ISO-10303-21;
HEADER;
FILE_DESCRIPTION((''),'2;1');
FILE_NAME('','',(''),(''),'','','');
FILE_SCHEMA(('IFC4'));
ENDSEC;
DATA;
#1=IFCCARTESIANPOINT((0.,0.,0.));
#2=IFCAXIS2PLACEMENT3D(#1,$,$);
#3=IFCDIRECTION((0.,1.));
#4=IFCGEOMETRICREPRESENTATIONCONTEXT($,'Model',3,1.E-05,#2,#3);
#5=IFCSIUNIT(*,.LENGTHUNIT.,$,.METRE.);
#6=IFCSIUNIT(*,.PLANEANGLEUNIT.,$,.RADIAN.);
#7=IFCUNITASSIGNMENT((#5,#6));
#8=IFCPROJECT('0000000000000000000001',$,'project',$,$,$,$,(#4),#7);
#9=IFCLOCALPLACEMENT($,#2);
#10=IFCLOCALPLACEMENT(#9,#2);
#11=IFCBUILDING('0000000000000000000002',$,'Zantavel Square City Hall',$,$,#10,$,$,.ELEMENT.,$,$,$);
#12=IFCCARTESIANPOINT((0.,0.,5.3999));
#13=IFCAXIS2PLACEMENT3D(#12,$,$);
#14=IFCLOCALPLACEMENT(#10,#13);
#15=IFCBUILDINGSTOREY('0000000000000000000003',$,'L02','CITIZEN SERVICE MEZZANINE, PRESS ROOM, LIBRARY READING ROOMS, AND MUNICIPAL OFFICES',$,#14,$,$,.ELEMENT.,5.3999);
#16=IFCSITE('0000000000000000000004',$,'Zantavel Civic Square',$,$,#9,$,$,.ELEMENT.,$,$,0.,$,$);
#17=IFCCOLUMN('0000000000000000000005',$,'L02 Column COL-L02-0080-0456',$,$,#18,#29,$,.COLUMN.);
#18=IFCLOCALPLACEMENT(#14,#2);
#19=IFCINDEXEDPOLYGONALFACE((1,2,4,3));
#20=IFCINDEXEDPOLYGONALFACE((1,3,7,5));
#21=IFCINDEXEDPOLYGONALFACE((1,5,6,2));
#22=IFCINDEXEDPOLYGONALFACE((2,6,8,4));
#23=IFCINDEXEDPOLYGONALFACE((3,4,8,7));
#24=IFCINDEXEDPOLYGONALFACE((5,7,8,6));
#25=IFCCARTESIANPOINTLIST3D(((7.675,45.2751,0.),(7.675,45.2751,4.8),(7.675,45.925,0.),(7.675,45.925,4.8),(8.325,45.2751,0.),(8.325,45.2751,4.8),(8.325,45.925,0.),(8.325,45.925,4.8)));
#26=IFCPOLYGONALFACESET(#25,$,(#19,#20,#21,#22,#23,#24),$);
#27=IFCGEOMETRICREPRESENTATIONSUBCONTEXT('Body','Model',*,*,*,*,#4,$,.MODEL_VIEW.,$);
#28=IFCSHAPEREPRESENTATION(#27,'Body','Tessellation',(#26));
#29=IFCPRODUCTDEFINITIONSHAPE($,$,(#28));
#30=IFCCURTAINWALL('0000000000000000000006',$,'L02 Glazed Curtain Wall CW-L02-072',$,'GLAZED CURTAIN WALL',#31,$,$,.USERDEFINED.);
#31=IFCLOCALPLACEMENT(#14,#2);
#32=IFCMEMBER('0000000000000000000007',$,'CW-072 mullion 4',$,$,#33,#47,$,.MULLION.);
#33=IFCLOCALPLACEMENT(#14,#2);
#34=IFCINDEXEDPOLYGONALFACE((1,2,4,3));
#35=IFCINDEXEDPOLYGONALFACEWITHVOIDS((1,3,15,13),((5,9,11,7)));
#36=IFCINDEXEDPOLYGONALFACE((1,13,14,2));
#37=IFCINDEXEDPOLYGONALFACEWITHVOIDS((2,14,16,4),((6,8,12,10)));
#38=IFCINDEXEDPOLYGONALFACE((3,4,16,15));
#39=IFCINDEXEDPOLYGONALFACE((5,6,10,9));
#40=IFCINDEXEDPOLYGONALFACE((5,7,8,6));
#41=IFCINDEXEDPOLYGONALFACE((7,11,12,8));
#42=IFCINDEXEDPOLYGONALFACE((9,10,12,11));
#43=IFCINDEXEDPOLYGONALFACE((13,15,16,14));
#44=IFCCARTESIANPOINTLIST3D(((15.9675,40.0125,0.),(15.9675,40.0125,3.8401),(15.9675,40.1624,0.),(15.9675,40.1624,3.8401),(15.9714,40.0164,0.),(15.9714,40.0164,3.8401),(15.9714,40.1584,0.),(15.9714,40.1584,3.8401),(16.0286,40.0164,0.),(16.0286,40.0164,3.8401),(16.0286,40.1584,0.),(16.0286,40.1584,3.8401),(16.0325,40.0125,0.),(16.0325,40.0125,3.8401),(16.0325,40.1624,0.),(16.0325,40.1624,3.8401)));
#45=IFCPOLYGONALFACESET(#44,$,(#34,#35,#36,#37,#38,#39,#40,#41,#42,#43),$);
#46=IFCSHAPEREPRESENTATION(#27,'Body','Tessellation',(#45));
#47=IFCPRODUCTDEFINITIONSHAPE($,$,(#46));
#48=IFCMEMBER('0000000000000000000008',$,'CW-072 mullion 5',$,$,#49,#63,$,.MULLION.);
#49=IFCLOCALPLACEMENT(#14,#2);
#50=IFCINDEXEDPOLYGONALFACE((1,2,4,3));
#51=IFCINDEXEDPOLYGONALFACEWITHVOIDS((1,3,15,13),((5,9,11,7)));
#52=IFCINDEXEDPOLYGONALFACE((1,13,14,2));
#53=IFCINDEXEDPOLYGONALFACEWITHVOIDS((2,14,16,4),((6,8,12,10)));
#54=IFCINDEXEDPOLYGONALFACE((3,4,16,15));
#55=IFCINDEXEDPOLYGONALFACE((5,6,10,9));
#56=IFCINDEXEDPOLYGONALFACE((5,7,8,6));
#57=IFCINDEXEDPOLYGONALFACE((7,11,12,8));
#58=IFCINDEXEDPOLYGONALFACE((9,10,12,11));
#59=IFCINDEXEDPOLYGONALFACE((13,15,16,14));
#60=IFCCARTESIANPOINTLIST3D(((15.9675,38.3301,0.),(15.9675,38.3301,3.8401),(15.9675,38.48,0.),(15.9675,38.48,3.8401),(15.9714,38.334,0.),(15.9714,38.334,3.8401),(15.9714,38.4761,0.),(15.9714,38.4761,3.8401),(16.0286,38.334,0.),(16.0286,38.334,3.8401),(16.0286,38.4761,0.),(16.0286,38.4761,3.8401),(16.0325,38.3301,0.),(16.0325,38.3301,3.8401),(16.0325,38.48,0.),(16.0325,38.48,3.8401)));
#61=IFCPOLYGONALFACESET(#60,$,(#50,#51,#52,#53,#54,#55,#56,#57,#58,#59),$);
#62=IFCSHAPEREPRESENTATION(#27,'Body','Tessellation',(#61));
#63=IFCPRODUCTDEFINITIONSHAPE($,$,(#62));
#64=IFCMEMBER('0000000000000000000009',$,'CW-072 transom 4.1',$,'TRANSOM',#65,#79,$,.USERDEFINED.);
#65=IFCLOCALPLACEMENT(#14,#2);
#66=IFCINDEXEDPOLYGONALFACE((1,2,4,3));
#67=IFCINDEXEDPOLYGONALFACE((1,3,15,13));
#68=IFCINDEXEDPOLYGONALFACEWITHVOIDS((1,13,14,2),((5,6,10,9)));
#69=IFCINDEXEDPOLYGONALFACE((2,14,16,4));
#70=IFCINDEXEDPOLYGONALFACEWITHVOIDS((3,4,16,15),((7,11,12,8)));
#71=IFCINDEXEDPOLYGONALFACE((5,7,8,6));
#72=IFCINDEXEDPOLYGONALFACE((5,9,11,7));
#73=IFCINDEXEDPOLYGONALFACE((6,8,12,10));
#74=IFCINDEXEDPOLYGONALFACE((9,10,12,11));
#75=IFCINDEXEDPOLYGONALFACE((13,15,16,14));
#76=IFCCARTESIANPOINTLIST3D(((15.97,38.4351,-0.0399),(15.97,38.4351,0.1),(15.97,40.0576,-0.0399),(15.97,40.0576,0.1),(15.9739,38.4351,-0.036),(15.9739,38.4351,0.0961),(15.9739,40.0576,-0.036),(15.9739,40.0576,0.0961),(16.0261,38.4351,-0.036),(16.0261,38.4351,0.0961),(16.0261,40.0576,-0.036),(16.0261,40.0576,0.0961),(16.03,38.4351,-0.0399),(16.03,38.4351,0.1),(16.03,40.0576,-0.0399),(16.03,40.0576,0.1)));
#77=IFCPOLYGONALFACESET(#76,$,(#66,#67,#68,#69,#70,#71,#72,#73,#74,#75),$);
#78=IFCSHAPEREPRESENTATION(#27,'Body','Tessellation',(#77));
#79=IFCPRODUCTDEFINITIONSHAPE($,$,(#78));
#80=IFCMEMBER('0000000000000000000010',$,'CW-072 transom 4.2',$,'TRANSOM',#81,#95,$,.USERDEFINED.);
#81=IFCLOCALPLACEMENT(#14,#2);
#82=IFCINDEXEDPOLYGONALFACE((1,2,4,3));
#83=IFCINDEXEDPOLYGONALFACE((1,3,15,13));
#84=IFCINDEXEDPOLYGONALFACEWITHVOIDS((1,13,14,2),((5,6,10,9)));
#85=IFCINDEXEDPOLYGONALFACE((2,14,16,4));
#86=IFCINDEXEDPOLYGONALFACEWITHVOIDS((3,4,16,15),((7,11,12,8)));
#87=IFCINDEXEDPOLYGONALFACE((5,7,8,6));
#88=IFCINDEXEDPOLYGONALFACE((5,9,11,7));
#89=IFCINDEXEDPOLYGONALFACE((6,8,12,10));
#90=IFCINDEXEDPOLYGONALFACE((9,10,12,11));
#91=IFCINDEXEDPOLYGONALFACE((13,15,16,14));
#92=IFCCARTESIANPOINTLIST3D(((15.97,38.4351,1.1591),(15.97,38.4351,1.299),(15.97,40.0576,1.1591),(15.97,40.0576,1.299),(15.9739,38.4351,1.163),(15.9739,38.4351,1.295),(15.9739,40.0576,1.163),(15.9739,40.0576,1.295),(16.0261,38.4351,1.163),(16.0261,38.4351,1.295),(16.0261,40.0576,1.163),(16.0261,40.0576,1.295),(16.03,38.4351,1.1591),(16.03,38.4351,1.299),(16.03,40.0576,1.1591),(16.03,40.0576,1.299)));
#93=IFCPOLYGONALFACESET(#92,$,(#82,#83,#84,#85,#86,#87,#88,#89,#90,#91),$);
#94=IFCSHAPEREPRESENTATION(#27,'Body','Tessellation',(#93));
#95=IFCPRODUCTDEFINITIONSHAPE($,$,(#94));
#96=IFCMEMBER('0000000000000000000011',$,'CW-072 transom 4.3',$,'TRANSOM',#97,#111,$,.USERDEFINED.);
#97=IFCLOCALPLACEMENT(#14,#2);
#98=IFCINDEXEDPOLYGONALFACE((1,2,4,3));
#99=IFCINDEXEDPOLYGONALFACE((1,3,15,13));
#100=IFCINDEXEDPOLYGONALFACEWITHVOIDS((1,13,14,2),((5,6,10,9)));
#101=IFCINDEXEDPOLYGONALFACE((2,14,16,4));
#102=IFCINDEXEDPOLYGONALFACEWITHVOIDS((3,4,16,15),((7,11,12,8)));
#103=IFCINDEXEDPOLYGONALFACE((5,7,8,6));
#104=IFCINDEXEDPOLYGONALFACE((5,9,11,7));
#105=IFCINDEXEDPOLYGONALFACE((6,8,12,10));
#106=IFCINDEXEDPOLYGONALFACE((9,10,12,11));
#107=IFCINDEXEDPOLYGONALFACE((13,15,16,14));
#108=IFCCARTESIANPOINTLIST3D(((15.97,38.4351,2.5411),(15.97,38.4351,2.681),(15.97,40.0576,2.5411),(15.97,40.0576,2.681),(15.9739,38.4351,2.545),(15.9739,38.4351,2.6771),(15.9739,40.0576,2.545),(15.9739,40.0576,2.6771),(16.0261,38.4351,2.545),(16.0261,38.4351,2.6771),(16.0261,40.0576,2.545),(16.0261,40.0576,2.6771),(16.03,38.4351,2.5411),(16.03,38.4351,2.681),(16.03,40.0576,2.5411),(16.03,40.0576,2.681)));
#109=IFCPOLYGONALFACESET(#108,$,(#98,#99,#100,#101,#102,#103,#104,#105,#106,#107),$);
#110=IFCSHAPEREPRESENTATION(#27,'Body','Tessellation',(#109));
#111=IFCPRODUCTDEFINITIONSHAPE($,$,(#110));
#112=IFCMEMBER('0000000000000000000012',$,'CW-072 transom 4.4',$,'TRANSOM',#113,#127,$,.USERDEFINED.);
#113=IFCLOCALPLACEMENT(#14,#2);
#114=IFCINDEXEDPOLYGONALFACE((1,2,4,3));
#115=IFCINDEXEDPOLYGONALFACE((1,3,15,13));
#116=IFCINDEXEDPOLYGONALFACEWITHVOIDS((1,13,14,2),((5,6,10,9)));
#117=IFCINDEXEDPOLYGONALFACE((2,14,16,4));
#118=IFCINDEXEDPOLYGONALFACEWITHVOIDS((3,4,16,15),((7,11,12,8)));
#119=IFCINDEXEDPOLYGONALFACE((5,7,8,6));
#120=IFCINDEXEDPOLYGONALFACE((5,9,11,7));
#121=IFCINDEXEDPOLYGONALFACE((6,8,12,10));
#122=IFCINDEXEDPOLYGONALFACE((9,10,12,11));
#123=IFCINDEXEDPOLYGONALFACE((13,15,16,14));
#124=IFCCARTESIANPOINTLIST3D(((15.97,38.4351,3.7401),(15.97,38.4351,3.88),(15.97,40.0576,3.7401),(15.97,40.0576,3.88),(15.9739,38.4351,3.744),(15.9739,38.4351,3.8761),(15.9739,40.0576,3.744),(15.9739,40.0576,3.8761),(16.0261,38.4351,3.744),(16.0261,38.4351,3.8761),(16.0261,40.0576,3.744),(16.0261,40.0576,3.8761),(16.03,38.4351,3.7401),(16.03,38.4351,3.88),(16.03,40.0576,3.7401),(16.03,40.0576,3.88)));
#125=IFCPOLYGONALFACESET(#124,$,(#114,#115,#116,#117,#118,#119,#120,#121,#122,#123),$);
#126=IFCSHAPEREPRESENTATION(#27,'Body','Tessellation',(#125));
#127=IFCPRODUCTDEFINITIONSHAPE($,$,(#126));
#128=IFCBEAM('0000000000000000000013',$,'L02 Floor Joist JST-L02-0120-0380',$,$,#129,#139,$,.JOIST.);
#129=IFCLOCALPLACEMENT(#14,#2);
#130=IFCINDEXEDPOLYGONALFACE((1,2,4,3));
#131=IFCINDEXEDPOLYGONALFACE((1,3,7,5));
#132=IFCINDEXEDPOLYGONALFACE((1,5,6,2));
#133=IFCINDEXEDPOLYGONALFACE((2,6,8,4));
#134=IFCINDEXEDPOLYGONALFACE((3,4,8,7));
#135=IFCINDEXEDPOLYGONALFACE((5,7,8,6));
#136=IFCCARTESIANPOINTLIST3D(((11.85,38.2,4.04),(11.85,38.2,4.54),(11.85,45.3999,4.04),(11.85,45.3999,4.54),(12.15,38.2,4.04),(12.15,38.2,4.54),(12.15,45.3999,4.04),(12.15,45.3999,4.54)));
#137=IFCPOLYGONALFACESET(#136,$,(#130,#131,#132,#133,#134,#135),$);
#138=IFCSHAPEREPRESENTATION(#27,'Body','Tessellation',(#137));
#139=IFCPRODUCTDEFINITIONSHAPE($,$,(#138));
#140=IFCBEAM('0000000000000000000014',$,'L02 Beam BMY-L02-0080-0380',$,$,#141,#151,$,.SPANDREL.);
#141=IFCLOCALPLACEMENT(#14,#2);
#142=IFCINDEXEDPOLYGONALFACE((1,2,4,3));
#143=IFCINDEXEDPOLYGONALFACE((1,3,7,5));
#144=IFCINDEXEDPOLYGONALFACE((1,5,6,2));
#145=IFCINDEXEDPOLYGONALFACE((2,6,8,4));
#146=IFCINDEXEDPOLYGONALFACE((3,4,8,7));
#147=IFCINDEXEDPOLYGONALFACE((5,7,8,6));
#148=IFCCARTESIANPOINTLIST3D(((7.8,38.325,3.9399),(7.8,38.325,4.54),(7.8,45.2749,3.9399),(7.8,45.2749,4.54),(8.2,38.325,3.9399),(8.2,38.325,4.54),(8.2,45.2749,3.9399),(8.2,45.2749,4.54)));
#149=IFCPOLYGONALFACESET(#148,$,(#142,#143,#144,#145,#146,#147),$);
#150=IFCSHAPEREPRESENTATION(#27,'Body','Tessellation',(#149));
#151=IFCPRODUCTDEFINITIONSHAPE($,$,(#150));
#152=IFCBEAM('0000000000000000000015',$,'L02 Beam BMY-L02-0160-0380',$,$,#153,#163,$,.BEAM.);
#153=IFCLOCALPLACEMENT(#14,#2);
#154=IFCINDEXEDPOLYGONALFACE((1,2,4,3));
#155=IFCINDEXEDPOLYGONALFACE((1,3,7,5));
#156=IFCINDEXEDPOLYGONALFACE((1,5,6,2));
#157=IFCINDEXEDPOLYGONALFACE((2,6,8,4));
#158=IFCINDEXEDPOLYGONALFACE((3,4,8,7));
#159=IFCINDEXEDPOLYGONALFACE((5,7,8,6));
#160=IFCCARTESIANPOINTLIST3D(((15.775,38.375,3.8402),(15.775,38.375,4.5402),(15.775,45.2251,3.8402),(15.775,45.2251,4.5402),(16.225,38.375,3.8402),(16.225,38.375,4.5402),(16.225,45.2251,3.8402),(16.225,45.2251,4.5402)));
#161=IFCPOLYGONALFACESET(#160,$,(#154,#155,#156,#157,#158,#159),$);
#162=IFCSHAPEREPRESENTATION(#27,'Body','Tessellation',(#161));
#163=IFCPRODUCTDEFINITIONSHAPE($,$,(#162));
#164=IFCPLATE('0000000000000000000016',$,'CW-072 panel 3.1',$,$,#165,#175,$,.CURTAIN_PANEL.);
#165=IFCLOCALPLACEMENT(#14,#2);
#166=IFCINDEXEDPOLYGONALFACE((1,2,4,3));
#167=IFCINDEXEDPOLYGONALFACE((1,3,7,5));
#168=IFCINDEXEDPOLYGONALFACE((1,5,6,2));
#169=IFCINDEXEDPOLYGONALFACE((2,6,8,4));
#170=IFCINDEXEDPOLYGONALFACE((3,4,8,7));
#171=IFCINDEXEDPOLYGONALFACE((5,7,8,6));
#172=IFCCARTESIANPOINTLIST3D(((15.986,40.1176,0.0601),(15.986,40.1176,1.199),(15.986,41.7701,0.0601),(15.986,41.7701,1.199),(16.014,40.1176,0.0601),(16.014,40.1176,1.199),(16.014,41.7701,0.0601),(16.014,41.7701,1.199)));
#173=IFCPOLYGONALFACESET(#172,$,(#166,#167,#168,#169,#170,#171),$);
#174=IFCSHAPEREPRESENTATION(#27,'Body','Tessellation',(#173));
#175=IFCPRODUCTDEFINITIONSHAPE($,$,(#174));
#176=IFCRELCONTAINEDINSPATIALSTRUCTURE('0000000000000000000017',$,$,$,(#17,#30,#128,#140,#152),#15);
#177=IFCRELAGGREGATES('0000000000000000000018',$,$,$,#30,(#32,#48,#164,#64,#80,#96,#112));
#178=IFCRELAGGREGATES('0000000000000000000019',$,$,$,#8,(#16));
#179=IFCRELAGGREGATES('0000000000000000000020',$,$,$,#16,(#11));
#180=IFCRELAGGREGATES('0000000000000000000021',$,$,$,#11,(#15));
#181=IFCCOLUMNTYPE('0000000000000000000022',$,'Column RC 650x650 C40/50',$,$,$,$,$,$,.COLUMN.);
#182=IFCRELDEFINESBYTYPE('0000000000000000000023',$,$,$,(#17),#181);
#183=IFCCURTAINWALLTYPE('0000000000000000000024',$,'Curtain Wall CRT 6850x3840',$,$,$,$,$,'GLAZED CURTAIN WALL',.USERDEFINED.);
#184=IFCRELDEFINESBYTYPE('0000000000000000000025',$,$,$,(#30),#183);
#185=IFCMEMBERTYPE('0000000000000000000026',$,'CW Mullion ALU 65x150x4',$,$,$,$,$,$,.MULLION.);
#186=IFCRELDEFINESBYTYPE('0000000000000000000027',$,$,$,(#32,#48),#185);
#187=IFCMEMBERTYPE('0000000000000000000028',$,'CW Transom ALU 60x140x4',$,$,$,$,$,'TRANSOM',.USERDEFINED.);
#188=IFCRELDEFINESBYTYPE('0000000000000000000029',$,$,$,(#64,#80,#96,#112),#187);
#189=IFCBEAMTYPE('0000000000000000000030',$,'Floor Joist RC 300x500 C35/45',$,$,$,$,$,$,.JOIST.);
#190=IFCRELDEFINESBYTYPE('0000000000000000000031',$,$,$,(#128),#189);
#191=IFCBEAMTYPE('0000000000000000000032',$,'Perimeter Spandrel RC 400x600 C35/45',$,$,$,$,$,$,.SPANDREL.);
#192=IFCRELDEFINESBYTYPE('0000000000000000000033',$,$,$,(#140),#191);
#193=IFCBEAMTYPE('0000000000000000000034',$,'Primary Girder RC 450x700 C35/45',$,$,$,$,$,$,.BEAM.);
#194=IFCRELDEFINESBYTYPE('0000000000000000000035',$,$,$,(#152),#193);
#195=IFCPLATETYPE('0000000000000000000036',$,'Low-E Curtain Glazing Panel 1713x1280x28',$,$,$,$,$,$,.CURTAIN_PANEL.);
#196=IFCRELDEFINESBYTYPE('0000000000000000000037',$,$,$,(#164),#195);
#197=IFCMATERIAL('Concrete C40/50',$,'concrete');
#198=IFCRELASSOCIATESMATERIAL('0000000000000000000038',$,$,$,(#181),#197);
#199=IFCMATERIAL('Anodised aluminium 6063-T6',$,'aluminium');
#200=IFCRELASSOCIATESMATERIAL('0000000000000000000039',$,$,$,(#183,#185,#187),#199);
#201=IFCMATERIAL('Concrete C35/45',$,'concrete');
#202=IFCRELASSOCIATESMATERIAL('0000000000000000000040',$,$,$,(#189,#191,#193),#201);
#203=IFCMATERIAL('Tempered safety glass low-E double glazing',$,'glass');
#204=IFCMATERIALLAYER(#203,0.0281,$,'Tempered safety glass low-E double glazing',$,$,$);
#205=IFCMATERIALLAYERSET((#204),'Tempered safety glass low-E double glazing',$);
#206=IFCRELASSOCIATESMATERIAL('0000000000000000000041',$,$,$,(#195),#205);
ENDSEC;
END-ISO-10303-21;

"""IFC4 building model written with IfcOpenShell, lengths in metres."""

from ifc_helpers import new_model, si_unit, direction, frame, origin, origin_2d, place, context, subcontext, project, spatial, rectangle, hollow_rectangle, extrude, material, layer, layer_set, material_profile, profile_set, type_object, element, aggregate, save


model = new_model("IFC4")

# Units and contexts
model_context = context("Model", 3, precision=1e-05, world=origin(), true_north=direction((0.0, 1.0)))
body_context = subcontext(model_context, "Body", "Model", "MODEL_VIEW")
ifc_project = project(units=[si_unit("LENGTHUNIT", "METRE"), si_unit("PLANEANGLEUNIT", "RADIAN")], contexts=[model_context])

# Site, building, storey
site_placement = place(None, origin())
site = spatial("IfcSite", under=ifc_project, at=site_placement, Name="Zantavel Civic Square", CompositionType="ELEMENT", RefElevation=0.0)
building_placement = place(site_placement, origin())
building = spatial("IfcBuilding", under=site, at=building_placement, Name="Zantavel Square City Hall", CompositionType="ELEMENT")
storey_placement = place(building_placement, frame((0.0, 0.0, 5.3999)))
storey = spatial("IfcBuildingStorey", under=building, at=storey_placement, Name="L02", Description="CITIZEN SERVICE MEZZANINE, PRESS ROOM, LIBRARY READING ROOMS, AND MUNICIPAL OFFICES", CompositionType="ELEMENT", Elevation=5.3999)

# Column
ifc_material_1 = material(Name="Concrete C40/50", Category="concrete")
ifc_material_profile_1 = material_profile(ifc_material_1, rectangle(XDim=0.6499, YDim=0.6499, at=origin_2d()), Name="RC 650x650")
ifc_profile_set_1 = profile_set([ifc_material_profile_1], Name="Concrete C40/50")
column_type = type_object("IfcColumnType", Name="Column RC 650x650 C40/50", PredefinedType="COLUMN", material=ifc_profile_set_1)
column_placement = place(storey_placement, frame((8.0, 45.6001, 0.0), z_axis=(0.0, 0.0, 1.0), x_axis=(1.0, 0.0, 0.0)))
element("IfcColumn", 1, at=column_placement, inside=storey, type_object=column_type, Name="L02 Column COL-L02-0080-0456", PredefinedType="COLUMN", context=body_context, shape_type="SweptSolid", body=[
    extrude(rectangle(XDim=0.6499, YDim=0.6499, at=origin_2d()), origin(), (0.0, 0.0, 1.0), 4.8),
])

# Curtain wall, members
ifc_material_2 = material(Name="Anodised aluminium 6063-T6", Category="aluminium")
curtain_wall_type = type_object("IfcCurtainWallType", Name="Curtain Wall CRT 6850x3840", ElementType="GLAZED CURTAIN WALL", PredefinedType="USERDEFINED", material=ifc_material_2)
curtain_wall_placement = place(storey_placement, origin())
curtain_wall = element("IfcCurtainWall", 2, at=curtain_wall_placement, inside=storey, type_object=curtain_wall_type, Name="L02 Glazed Curtain Wall CW-L02-072", ObjectType="GLAZED CURTAIN WALL", PredefinedType="USERDEFINED")
ifc_material_profile_2 = material_profile(ifc_material_2, hollow_rectangle(XDim=0.0649, YDim=0.1499, WallThickness=0.0039, at=origin_2d()), Name="ALU 65x150x4")
ifc_profile_set_2 = profile_set([ifc_material_profile_2], Name="Anodised aluminium 6063-T6")
member_type_1 = type_object("IfcMemberType", Name="CW Mullion ALU 65x150x4", PredefinedType="MULLION", material=ifc_profile_set_2)
member_1_placement = place(storey_placement, frame((16.0, 40.0874, 0.0), z_axis=(0.0, 0.0, 1.0), x_axis=(1.0, 0.0, 0.0)))
member_1 = element("IfcMember", 3, at=member_1_placement, type_object=member_type_1, Name="CW-072 mullion 4", PredefinedType="MULLION", context=body_context, shape_type="SweptSolid", body=[
    extrude(hollow_rectangle(XDim=0.0649, YDim=0.1499, WallThickness=0.0039, at=origin_2d()), origin(), (0.0, 0.0, 1.0), 3.8401),
])
member_2_placement = place(storey_placement, frame((16.0, 38.405, 0.0), z_axis=(0.0, 0.0, 1.0), x_axis=(1.0, 0.0, 0.0)))
member_2 = element("IfcMember", 4, at=member_2_placement, type_object=member_type_1, Name="CW-072 mullion 5", PredefinedType="MULLION", context=body_context, shape_type="SweptSolid", body=[
    extrude(hollow_rectangle(XDim=0.0649, YDim=0.1499, WallThickness=0.0039, at=origin_2d()), origin(), (0.0, 0.0, 1.0), 3.8401),
])
ifc_material_profile_3 = material_profile(ifc_material_2, hollow_rectangle(XDim=0.0601, YDim=0.1399, WallThickness=0.0039, at=origin_2d()), Name="ALU 60x140x4")
ifc_profile_set_3 = profile_set([ifc_material_profile_3], Name="Anodised aluminium 6063-T6")
member_type_2 = type_object("IfcMemberType", Name="CW Transom ALU 60x140x4", ElementType="TRANSOM", PredefinedType="USERDEFINED", material=ifc_profile_set_3)
member_3_placement = place(storey_placement, frame((16.0, 40.0576, 0.03), z_axis=(0.0, -1.0, 0.0), x_axis=(1.0, 0.0, 0.0)))
member_3 = element("IfcMember", 5, at=member_3_placement, type_object=member_type_2, Name="CW-072 transom 4.1", ObjectType="TRANSOM", PredefinedType="USERDEFINED", context=body_context, shape_type="SweptSolid", body=[
    extrude(hollow_rectangle(XDim=0.0601, YDim=0.1399, WallThickness=0.0039, at=origin_2d()), origin(), (0.0, 0.0, 1.0), 1.6226),
])
member_4_placement = place(storey_placement, frame((16.0, 40.0576, 1.229), z_axis=(0.0, -1.0, 0.0), x_axis=(1.0, 0.0, 0.0)))
member_4 = element("IfcMember", 6, at=member_4_placement, type_object=member_type_2, Name="CW-072 transom 4.2", ObjectType="TRANSOM", PredefinedType="USERDEFINED", context=body_context, shape_type="SweptSolid", body=[
    extrude(hollow_rectangle(XDim=0.0601, YDim=0.1399, WallThickness=0.0039, at=origin_2d()), origin(), (0.0, 0.0, 1.0), 1.6226),
])
member_5_placement = place(storey_placement, frame((16.0, 40.0576, 2.6111), z_axis=(0.0, -1.0, 0.0), x_axis=(1.0, 0.0, 0.0)))
member_5 = element("IfcMember", 7, at=member_5_placement, type_object=member_type_2, Name="CW-072 transom 4.3", ObjectType="TRANSOM", PredefinedType="USERDEFINED", context=body_context, shape_type="SweptSolid", body=[
    extrude(hollow_rectangle(XDim=0.0601, YDim=0.1399, WallThickness=0.0039, at=origin_2d()), origin(), (0.0, 0.0, 1.0), 1.6226),
])
member_6_placement = place(storey_placement, frame((16.0, 40.0576, 3.8101), z_axis=(0.0, -1.0, 0.0), x_axis=(1.0, 0.0, 0.0)))
member_6 = element("IfcMember", 8, at=member_6_placement, type_object=member_type_2, Name="CW-072 transom 4.4", ObjectType="TRANSOM", PredefinedType="USERDEFINED", context=body_context, shape_type="SweptSolid", body=[
    extrude(hollow_rectangle(XDim=0.0601, YDim=0.1399, WallThickness=0.0039, at=origin_2d()), origin(), (0.0, 0.0, 1.0), 1.6226),
])

# Beams
ifc_material_3 = material(Name="Concrete C35/45", Category="concrete")
ifc_material_profile_4 = material_profile(ifc_material_3, rectangle(XDim=0.3, YDim=0.5, at=origin_2d()), Name="RC 300x500")
ifc_profile_set_4 = profile_set([ifc_material_profile_4], Name="Concrete C35/45")
beam_type_1 = type_object("IfcBeamType", Name="Floor Joist RC 300x500 C35/45", PredefinedType="JOIST", material=ifc_profile_set_4)
beam_1_placement = place(storey_placement, frame((12.0, 38.2, 4.29), z_axis=(0.0, 1.0, 0.0), x_axis=(-1.0, 0.0, 0.0)))
element("IfcBeam", 9, at=beam_1_placement, inside=storey, type_object=beam_type_1, Name="L02 Floor Joist JST-L02-0120-0380", PredefinedType="JOIST", context=body_context, shape_type="SweptSolid", body=[
    extrude(rectangle(XDim=0.3, YDim=0.5, at=origin_2d()), origin(), (0.0, 0.0, 1.0), 7.2),
])
ifc_material_profile_5 = material_profile(ifc_material_3, rectangle(XDim=0.3999, YDim=0.6001, at=origin_2d()), Name="RC 400x600")
ifc_profile_set_5 = profile_set([ifc_material_profile_5], Name="Concrete C35/45")
beam_type_2 = type_object("IfcBeamType", Name="Perimeter Spandrel RC 400x600 C35/45", PredefinedType="SPANDREL", material=ifc_profile_set_5)
beam_2_placement = place(storey_placement, frame((8.0, 38.325, 4.24), z_axis=(0.0, 1.0, 0.0), x_axis=(-1.0, 0.0, 0.0)))
element("IfcBeam", 10, at=beam_2_placement, inside=storey, type_object=beam_type_2, Name="L02 Beam BMY-L02-0080-0380", PredefinedType="SPANDREL", context=body_context, shape_type="SweptSolid", body=[
    extrude(rectangle(XDim=0.3999, YDim=0.6001, at=origin_2d()), origin(), (0.0, 0.0, 1.0), 6.95),
])
ifc_material_profile_6 = material_profile(ifc_material_3, rectangle(XDim=0.45, YDim=0.7, at=origin_2d()), Name="RC 450x700")
ifc_profile_set_6 = profile_set([ifc_material_profile_6], Name="Concrete C35/45")
beam_type_3 = type_object("IfcBeamType", Name="Primary Girder RC 450x700 C35/45", PredefinedType="BEAM", material=ifc_profile_set_6)
beam_3_placement = place(storey_placement, frame((16.0, 38.375, 4.1902), z_axis=(0.0, 1.0, 0.0), x_axis=(-1.0, 0.0, 0.0)))
element("IfcBeam", 11, at=beam_3_placement, inside=storey, type_object=beam_type_3, Name="L02 Beam BMY-L02-0160-0380", PredefinedType="BEAM", context=body_context, shape_type="SweptSolid", body=[
    extrude(rectangle(XDim=0.45, YDim=0.7, at=origin_2d()), origin(), (0.0, 0.0, 1.0), 6.8501),
])

# Plate
ifc_material_4 = material(Name="Tempered safety glass low-E double glazing", Category="glass")
ifc_layer_1 = layer(ifc_material_4, 0.0281, Name="Tempered safety glass low-E double glazing")
ifc_layer_set_1 = layer_set([ifc_layer_1], Name="Tempered safety glass low-E double glazing")
plate_type = type_object("IfcPlateType", Name="Low-E Curtain Glazing Panel 1713x1280x28", PredefinedType="CURTAIN_PANEL", material=ifc_layer_set_1)
plate_1_placement = place(storey_placement, frame((16.0, 40.9438, 0.0601), z_axis=(0.0, 0.0, 1.0), x_axis=(0.0, -1.0, 0.0)))
plate_1 = element("IfcPlate", 12, at=plate_1_placement, type_object=plate_type, Name="CW-072 panel 3.1", PredefinedType="CURTAIN_PANEL", context=body_context, shape_type="SweptSolid", body=[
    extrude(rectangle(XDim=1.6526, YDim=0.0281, at=origin_2d()), origin(), (0.0, 0.0, 1.0), 1.1389),
])
aggregate(curtain_wall, [member_1, member_2, plate_1, member_3, member_4, member_5, member_6])

save(model, "model.ifc")
